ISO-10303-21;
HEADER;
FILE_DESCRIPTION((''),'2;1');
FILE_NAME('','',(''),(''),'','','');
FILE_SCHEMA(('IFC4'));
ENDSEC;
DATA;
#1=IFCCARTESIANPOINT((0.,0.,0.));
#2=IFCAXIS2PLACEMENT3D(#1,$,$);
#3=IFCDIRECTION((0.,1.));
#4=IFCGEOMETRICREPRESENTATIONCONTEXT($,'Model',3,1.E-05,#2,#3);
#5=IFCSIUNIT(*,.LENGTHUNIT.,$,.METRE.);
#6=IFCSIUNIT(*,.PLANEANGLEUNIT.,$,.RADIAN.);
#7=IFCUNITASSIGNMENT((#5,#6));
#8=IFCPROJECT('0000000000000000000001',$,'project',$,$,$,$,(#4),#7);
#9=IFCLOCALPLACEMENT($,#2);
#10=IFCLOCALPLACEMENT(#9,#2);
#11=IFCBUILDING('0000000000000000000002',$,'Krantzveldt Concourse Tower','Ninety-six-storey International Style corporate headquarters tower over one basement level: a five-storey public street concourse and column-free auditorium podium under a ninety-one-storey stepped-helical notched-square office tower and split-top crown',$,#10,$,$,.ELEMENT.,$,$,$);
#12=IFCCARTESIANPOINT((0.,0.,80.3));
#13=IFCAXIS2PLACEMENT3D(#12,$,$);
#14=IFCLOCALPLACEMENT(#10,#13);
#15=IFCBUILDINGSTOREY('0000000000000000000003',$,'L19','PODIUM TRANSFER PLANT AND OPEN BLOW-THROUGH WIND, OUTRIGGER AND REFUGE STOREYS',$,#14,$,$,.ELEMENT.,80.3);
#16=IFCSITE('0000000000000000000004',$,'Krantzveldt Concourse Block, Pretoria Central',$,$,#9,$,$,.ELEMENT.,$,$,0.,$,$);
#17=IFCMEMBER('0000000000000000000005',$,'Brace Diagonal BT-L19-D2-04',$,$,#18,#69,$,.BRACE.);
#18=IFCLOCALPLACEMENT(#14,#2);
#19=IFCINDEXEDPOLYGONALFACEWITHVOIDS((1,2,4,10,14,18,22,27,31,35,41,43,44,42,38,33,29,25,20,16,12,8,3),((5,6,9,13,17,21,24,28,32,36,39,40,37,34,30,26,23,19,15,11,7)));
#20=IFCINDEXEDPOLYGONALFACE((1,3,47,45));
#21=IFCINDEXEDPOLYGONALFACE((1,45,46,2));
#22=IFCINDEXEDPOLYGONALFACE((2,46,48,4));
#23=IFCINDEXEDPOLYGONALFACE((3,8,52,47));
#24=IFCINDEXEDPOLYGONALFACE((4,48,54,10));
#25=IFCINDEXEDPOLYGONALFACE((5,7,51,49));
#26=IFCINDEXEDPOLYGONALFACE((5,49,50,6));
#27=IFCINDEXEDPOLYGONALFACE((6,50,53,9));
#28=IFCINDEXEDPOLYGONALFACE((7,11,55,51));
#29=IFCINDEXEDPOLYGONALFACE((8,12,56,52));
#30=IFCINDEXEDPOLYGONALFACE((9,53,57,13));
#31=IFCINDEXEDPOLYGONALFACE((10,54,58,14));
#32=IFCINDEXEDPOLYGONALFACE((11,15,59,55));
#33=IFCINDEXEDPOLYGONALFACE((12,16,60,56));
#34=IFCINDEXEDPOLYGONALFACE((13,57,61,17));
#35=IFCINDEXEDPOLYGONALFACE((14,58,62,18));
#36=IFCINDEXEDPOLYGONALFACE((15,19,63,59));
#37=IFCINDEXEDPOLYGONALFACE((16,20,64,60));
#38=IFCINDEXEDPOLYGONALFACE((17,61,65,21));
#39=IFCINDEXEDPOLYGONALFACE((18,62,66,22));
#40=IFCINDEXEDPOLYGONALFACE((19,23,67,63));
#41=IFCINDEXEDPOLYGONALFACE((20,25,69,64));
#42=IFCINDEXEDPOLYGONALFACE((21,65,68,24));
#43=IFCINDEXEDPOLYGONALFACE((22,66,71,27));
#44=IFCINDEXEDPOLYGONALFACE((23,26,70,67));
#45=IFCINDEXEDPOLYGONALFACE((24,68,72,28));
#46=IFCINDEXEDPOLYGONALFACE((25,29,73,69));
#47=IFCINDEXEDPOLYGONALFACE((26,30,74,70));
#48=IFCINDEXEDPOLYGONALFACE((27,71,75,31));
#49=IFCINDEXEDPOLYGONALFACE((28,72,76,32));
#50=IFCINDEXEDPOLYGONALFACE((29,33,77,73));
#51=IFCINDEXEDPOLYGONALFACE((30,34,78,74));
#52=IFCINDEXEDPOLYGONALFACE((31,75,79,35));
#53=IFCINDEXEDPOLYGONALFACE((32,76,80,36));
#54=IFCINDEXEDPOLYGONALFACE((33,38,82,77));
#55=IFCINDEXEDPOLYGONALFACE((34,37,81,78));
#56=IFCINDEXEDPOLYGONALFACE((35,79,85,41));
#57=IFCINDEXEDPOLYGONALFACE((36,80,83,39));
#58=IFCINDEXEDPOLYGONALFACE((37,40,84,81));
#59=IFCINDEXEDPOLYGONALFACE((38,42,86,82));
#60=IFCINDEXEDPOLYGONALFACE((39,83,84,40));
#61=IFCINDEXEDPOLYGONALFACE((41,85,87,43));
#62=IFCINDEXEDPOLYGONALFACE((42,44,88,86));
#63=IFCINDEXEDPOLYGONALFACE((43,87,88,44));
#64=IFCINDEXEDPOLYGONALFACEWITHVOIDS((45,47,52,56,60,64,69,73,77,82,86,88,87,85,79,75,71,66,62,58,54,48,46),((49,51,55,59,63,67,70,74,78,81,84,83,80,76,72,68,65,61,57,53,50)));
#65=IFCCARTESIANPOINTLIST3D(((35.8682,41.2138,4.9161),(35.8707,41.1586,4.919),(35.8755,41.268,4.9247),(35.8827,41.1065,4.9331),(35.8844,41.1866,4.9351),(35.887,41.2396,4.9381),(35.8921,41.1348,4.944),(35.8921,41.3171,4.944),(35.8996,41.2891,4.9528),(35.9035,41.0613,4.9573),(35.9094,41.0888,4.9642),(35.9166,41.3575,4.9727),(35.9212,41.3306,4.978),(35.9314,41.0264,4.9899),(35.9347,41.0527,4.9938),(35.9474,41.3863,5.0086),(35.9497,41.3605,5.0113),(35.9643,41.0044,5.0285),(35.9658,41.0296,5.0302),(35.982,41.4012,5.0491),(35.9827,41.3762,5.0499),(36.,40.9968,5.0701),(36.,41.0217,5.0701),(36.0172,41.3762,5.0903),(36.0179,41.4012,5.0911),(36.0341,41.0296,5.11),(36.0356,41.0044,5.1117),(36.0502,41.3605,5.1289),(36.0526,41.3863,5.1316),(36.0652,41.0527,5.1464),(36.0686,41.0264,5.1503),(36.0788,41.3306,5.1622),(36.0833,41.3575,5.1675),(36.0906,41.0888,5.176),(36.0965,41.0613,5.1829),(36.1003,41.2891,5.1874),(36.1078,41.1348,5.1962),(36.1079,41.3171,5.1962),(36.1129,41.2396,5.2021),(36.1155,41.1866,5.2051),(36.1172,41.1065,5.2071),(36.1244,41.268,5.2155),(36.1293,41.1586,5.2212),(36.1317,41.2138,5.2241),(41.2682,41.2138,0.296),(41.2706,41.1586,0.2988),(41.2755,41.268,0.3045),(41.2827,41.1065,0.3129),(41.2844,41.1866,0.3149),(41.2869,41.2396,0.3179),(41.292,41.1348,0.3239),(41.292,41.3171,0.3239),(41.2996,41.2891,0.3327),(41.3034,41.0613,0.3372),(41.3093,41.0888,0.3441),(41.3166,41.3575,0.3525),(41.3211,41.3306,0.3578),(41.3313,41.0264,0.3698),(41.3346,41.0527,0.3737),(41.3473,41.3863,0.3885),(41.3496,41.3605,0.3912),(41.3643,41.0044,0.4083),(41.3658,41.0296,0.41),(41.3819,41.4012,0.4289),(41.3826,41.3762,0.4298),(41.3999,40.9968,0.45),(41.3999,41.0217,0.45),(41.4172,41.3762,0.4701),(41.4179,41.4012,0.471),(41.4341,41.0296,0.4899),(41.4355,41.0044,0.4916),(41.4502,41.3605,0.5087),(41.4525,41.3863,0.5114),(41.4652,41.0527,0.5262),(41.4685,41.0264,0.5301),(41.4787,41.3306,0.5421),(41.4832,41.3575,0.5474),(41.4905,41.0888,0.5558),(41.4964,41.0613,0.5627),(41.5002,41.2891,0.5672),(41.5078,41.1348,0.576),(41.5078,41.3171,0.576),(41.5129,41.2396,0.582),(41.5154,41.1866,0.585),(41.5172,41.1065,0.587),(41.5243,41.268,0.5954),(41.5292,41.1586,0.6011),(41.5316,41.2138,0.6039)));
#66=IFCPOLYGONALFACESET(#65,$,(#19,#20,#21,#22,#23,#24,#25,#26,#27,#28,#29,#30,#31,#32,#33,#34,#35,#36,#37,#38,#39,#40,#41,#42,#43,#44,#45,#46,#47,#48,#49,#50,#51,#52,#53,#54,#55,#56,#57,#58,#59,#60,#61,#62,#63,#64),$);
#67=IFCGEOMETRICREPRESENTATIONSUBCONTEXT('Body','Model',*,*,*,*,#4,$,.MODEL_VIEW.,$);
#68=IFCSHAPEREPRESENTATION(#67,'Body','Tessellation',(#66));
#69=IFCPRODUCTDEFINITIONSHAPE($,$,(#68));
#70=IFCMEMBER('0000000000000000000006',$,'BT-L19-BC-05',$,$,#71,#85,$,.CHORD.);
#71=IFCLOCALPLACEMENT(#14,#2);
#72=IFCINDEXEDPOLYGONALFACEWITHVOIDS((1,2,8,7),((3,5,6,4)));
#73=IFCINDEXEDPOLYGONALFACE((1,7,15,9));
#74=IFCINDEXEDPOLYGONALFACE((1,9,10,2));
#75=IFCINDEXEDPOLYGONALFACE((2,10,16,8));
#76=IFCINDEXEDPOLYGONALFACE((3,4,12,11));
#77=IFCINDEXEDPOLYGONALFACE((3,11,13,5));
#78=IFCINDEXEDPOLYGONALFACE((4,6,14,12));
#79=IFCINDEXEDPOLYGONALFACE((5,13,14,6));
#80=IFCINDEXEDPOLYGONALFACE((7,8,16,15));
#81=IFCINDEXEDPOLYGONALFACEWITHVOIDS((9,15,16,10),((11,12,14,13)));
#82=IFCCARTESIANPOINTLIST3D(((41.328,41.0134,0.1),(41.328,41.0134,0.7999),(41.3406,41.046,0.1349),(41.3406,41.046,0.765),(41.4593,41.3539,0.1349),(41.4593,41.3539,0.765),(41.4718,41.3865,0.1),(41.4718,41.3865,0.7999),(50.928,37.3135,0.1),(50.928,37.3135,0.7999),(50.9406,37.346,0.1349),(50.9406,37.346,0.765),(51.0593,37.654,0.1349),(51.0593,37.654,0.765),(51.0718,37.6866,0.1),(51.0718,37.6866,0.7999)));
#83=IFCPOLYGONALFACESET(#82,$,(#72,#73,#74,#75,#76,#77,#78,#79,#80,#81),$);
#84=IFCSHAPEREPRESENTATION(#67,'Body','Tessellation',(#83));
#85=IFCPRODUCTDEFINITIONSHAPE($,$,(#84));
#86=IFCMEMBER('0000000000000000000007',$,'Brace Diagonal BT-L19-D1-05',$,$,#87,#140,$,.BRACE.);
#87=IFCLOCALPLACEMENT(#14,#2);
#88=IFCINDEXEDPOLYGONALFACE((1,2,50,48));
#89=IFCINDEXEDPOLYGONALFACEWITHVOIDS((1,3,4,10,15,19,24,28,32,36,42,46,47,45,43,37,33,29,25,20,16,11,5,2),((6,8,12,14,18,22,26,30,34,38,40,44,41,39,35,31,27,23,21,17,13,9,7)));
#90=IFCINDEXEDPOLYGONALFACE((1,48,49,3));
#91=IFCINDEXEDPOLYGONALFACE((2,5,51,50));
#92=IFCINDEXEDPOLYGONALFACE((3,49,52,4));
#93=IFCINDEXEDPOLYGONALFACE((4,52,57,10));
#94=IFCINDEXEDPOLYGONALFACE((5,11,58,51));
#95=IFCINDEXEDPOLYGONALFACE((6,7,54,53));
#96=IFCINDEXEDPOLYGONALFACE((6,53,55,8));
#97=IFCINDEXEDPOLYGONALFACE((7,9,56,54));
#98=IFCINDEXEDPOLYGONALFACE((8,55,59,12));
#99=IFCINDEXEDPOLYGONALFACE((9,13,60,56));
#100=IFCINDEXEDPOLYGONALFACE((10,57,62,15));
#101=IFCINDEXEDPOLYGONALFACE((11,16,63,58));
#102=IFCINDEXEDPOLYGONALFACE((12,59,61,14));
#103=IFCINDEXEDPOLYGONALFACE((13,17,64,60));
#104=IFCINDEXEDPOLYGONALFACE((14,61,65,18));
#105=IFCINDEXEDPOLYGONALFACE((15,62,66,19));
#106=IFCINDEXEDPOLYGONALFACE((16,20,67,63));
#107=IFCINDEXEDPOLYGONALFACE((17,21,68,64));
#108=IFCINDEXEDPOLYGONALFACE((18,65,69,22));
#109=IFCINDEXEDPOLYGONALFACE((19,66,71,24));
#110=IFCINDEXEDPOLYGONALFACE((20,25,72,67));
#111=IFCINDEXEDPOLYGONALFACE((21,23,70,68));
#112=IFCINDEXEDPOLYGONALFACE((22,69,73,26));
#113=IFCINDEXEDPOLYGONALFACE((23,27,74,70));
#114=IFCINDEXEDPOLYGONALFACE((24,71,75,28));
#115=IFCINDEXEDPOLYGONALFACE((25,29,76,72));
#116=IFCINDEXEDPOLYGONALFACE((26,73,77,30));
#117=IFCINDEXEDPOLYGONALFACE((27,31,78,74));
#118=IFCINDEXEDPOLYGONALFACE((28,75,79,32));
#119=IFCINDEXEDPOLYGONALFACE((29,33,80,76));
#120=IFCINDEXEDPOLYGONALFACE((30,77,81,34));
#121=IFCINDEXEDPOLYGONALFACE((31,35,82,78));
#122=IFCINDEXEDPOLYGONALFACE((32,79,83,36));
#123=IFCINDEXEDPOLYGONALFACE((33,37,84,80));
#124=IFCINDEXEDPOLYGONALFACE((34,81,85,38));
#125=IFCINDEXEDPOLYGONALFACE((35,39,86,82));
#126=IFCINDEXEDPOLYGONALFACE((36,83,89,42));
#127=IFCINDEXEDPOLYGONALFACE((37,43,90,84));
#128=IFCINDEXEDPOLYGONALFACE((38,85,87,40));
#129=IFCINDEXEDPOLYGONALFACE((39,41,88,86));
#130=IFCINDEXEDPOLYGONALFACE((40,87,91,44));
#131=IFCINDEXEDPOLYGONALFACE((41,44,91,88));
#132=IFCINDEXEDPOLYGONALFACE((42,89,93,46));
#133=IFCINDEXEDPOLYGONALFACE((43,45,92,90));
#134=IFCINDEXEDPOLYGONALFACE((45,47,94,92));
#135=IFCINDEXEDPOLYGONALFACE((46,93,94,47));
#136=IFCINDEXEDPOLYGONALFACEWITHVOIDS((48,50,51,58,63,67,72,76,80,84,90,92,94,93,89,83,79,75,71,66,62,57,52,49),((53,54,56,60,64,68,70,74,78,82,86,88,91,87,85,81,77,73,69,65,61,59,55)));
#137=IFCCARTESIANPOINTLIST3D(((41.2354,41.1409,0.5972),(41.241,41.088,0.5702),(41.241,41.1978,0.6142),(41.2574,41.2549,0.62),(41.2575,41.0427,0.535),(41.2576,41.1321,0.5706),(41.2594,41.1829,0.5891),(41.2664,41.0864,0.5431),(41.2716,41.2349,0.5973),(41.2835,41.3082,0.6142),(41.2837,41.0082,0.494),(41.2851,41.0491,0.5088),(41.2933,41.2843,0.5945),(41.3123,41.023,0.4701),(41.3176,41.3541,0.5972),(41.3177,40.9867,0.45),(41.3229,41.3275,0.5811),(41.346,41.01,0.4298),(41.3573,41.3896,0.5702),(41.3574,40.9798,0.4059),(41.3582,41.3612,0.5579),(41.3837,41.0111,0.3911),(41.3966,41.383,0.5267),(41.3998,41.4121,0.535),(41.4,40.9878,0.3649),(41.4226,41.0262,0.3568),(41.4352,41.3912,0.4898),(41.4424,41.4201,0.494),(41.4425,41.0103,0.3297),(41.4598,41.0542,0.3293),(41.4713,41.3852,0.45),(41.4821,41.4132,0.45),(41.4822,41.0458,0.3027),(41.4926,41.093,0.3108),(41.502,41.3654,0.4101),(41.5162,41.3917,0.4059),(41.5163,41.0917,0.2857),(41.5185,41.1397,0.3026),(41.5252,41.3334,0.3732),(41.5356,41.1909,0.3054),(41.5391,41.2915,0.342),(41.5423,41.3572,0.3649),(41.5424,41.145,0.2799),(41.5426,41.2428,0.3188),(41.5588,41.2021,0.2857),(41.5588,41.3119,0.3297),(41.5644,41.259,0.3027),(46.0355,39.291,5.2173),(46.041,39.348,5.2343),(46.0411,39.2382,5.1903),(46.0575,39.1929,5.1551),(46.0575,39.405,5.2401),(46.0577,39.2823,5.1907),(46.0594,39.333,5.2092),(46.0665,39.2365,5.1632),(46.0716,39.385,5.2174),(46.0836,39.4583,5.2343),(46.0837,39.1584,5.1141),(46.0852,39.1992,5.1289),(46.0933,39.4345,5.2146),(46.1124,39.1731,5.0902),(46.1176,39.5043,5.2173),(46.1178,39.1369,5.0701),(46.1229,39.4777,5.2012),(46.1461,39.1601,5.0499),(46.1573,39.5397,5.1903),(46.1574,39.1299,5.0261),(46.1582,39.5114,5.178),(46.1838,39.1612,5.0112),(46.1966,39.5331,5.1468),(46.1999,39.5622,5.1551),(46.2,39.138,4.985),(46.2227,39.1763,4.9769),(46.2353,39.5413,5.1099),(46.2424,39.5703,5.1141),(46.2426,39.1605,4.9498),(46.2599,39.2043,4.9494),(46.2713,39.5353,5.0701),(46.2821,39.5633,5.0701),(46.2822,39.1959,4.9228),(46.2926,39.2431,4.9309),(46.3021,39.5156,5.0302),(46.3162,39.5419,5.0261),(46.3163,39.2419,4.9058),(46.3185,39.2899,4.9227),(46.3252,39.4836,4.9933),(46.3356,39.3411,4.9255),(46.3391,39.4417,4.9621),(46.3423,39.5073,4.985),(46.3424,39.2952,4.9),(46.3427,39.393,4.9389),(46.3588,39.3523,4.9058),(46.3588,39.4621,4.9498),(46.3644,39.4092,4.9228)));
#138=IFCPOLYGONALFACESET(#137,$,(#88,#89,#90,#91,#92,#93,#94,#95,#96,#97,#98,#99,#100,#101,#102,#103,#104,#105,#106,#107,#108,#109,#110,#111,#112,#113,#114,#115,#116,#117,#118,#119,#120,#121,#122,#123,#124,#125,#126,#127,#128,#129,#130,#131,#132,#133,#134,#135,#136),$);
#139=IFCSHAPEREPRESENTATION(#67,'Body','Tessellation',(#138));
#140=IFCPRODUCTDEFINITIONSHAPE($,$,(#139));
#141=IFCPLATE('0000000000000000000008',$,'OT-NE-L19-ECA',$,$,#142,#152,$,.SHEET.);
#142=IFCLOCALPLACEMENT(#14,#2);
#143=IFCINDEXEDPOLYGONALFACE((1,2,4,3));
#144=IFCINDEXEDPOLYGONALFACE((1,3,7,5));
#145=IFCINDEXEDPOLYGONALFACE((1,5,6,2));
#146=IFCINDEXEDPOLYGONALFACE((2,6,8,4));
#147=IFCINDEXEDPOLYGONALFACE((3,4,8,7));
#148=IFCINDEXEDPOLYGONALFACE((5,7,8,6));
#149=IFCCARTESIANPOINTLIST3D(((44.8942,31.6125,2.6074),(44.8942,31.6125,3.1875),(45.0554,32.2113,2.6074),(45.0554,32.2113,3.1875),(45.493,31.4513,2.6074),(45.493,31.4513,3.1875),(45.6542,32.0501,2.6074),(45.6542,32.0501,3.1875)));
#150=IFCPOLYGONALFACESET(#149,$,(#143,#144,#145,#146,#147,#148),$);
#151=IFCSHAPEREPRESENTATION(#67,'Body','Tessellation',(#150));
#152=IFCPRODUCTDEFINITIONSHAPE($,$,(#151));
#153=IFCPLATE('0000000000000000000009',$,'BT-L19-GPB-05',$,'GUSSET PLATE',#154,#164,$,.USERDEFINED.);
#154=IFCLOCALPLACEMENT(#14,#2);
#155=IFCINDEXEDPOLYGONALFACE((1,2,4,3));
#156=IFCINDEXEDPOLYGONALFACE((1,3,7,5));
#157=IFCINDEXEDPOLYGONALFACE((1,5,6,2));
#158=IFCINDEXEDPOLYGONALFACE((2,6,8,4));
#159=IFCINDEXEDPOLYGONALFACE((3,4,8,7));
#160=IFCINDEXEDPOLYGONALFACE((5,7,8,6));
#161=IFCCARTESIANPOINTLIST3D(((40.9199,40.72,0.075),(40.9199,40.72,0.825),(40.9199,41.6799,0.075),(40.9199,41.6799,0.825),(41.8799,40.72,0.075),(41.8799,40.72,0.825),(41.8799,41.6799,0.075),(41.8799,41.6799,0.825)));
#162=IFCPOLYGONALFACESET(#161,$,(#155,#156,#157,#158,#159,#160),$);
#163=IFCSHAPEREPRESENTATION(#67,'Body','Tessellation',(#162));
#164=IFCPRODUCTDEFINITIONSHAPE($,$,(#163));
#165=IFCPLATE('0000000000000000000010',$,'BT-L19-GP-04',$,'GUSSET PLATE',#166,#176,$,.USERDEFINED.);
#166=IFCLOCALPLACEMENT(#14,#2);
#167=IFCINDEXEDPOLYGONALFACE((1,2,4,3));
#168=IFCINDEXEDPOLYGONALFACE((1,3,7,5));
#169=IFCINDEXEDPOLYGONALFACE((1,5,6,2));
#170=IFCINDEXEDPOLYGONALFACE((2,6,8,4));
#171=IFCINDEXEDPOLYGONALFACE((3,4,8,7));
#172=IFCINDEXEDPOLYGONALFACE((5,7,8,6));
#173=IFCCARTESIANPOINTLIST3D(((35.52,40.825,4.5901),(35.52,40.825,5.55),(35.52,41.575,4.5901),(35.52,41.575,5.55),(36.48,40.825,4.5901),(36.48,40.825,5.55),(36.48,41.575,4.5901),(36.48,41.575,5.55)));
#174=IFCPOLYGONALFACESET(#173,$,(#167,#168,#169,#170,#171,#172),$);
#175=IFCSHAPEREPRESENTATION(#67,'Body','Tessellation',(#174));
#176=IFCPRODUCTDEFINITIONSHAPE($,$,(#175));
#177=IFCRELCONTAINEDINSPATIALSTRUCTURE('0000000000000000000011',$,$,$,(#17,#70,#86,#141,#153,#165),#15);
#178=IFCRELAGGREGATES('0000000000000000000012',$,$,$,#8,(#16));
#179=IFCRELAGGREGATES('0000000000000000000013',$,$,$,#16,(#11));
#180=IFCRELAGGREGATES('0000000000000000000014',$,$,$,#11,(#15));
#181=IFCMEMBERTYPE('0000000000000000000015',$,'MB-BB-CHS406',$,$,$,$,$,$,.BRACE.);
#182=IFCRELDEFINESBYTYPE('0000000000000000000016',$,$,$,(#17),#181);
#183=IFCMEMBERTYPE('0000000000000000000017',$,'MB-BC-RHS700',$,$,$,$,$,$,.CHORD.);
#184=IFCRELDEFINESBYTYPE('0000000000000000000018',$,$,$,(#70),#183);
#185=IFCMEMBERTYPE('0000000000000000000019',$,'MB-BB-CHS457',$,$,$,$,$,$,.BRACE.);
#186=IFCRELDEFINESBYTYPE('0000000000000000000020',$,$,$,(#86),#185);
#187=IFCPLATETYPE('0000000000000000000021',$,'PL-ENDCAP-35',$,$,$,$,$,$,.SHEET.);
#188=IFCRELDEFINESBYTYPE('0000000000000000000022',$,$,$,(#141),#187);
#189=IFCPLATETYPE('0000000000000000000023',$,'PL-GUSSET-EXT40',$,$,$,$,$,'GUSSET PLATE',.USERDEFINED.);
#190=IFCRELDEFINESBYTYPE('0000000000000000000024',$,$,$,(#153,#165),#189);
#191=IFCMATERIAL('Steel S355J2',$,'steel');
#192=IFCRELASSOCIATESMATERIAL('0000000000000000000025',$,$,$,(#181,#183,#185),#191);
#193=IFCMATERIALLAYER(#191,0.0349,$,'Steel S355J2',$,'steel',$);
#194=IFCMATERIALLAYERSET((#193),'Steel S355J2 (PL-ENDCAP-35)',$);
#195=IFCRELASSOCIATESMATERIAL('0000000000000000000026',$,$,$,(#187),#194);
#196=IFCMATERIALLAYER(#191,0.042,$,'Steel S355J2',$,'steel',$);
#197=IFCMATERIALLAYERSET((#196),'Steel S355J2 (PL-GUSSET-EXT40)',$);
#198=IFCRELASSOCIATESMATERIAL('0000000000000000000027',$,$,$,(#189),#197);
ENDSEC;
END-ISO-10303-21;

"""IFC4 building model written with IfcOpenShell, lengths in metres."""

from ifc_helpers import new_model, si_unit, direction, frame, origin, origin_2d, place, context, subcontext, project, spatial, rectangle, hollow_rectangle, hollow_circle, extrude, source, transform, mapped, material, layer, layer_set, material_profile, profile_set, type_object, type_shapes, element, save


model = new_model("IFC4")

# Units and contexts
model_context = context("Model", 3, precision=1e-05, world=origin(), true_north=direction((0.0, 1.0)))
body_context = subcontext(model_context, "Body", "Model", "MODEL_VIEW")
ifc_project = project(units=[si_unit("LENGTHUNIT", "METRE"), si_unit("PLANEANGLEUNIT", "RADIAN")], contexts=[model_context])

# Site, building, storey
site_placement = place(None, origin())
site = spatial("IfcSite", under=ifc_project, at=site_placement, Name="Krantzveldt Concourse Block, Pretoria Central", CompositionType="ELEMENT", RefElevation=0.0)
building_placement = place(site_placement, origin())
building = spatial("IfcBuilding", under=site, at=building_placement, Name="Krantzveldt Concourse Tower", Description="Ninety-six-storey International Style corporate headquarters tower over one basement level: a five-storey public street concourse and column-free auditorium podium under a ninety-one-storey stepped-helical notched-square office tower and split-top crown", CompositionType="ELEMENT")
storey_placement = place(building_placement, frame((0.0, 0.0, 80.3)))
storey = spatial("IfcBuildingStorey", under=building, at=storey_placement, Name="L19", Description="PODIUM TRANSFER PLANT AND OPEN BLOW-THROUGH WIND, OUTRIGGER AND REFUGE STOREYS", CompositionType="ELEMENT", Elevation=80.3)

# Members
ifc_material_1 = material(Name="Steel S355J2", Category="steel")
ifc_material_profile_1 = material_profile(ifc_material_1, hollow_circle(Radius=0.2031, WallThickness=0.0249, at=origin_2d()), Name="Steel S355J2", Category="steel")
ifc_profile_set_1 = profile_set([ifc_material_profile_1], Name="Steel S355J2 - CHS 406.4x25")
member_type_1 = type_object("IfcMemberType", Name="MB-BB-CHS406", PredefinedType="BRACE", material=ifc_profile_set_1)
shared_shape_1 = source(origin(), body_context, "Body", "SweptSolid", [
    extrude(hollow_circle(Radius=0.2031, WallThickness=0.0249, at=origin_2d()), origin(), (0.0, 0.0, 1.0), 7.1067),
])
type_shapes(member_type_1, [shared_shape_1])
member_1_placement = place(storey_placement, frame((41.3999, 41.2, 0.45), z_axis=(-0.759838, 0.0, 0.650112), x_axis=(0.0, -1.0, 0.0)))
element("IfcMember", 1, at=member_1_placement, inside=storey, type_object=member_type_1, Name="Brace Diagonal BT-L19-D2-04", PredefinedType="BRACE", context=body_context, shape_type="MappedRepresentation", body=[
    mapped(shared_shape_1, transform((0.0, 0.0, 0.0), x_axis=(1.0, 0.0, 0.0), y_axis=(0.0, 1.0, 0.0), z_axis=(0.0, 0.0, 1.0), scale=1.0)),
])
ifc_material_profile_2 = material_profile(ifc_material_1, hollow_rectangle(XDim=0.3999, YDim=0.7, WallThickness=0.0349, at=origin_2d()), Name="Steel S355J2", Category="steel")
ifc_profile_set_2 = profile_set([ifc_material_profile_2], Name="Steel S355J2 - RHS 700x400x35")
member_type_2 = type_object("IfcMemberType", Name="MB-BC-RHS700", PredefinedType="CHORD", material=ifc_profile_set_2)
shared_shape_2 = source(origin(), body_context, "Body", "SweptSolid", [
    extrude(hollow_rectangle(XDim=0.3999, YDim=0.7, WallThickness=0.0349, at=origin_2d()), origin(), (0.0, 0.0, 1.0), 10.2883),
])
type_shapes(member_type_2, [shared_shape_2])
member_2_placement = place(storey_placement, frame((41.3999, 41.2, 0.45), z_axis=(0.933098, -0.359623, 0.0), x_axis=(0.359623, 0.933098, 0.0)))
element("IfcMember", 2, at=member_2_placement, inside=storey, type_object=member_type_2, Name="BT-L19-BC-05", PredefinedType="CHORD", context=body_context, shape_type="MappedRepresentation", body=[
    mapped(shared_shape_2, transform((0.0, 0.0, 0.0), x_axis=(1.0, 0.0, 0.0), y_axis=(0.0, 1.0, 0.0), z_axis=(0.0, 0.0, 1.0), scale=1.0)),
])
ifc_material_profile_3 = material_profile(ifc_material_1, hollow_circle(Radius=0.2285, WallThickness=0.03, at=origin_2d()), Name="Steel S355J2", Category="steel")
ifc_profile_set_3 = profile_set([ifc_material_profile_3], Name="Steel S355J2 - CHS 457x30")
member_type_3 = type_object("IfcMemberType", Name="MB-BB-CHS457", PredefinedType="BRACE", material=ifc_profile_set_3)
shared_shape_3 = source(origin(), body_context, "Body", "SweptSolid", [
    extrude(hollow_circle(Radius=0.2285, WallThickness=0.03, at=origin_2d()), origin(), (0.0, 0.0, 1.0), 6.9143),
])
type_shapes(member_type_3, [shared_shape_3])
member_3_placement = place(storey_placement, frame((41.3999, 41.2, 0.45), z_axis=(0.694218, -0.267539, 0.668195), x_axis=(0.359602, 0.933106, 0.0)))
element("IfcMember", 3, at=member_3_placement, inside=storey, type_object=member_type_3, Name="Brace Diagonal BT-L19-D1-05", PredefinedType="BRACE", context=body_context, shape_type="MappedRepresentation", body=[
    mapped(shared_shape_3, transform((0.0, 0.0, 0.0), x_axis=(1.0, 0.0, 0.0), y_axis=(0.0, 1.0, 0.0), z_axis=(0.0, 0.0, 1.0), scale=1.0)),
])

# Plates
ifc_layer_1 = layer(ifc_material_1, 0.0349, Name="Steel S355J2", Category="steel")
ifc_layer_set_1 = layer_set([ifc_layer_1], Name="Steel S355J2 (PL-ENDCAP-35)")
plate_type_1 = type_object("IfcPlateType", Name="PL-ENDCAP-35", PredefinedType="SHEET", material=ifc_layer_set_1)
shared_shape_4 = source(origin(), body_context, "Body", "SweptSolid", [
    extrude(rectangle(XDim=0.6201, YDim=0.6201, at=origin_2d()), origin(), (0.0, 0.0, 1.0), 0.5801),
])
type_shapes(plate_type_1, [shared_shape_4])
plate_1_placement = place(storey_placement, frame((45.2742, 31.8313, 2.6074), z_axis=(0.0, 0.0, 1.0), x_axis=(0.259915, 0.965632, 0.0)))
element("IfcPlate", 4, at=plate_1_placement, inside=storey, type_object=plate_type_1, Name="OT-NE-L19-ECA", PredefinedType="SHEET", context=body_context, shape_type="MappedRepresentation", body=[
    mapped(shared_shape_4, transform((0.0, 0.0, 0.0), x_axis=(1.0, 0.0, 0.0), y_axis=(0.0, 1.0, 0.0), z_axis=(0.0, 0.0, 1.0), scale=1.0)),
])
ifc_layer_2 = layer(ifc_material_1, 0.042, Name="Steel S355J2", Category="steel")
ifc_layer_set_2 = layer_set([ifc_layer_2], Name="Steel S355J2 (PL-GUSSET-EXT40)")
plate_type_2 = type_object("IfcPlateType", Name="PL-GUSSET-EXT40", ElementType="GUSSET PLATE", PredefinedType="USERDEFINED", material=ifc_layer_set_2)
shared_shape_5 = source(origin(), body_context, "Body", "SweptSolid", [
    extrude(rectangle(XDim=0.96, YDim=0.96, at=origin_2d()), origin(), (0.0, 0.0, 1.0), 0.75),
])
plate_2_placement = place(storey_placement, frame((41.3999, 41.2, 0.075), z_axis=(0.0, 0.0, 1.0), x_axis=(1.0, 0.0, 0.0)))
element("IfcPlate", 5, at=plate_2_placement, inside=storey, type_object=plate_type_2, Name="BT-L19-GPB-05", ObjectType="GUSSET PLATE", PredefinedType="USERDEFINED", context=body_context, shape_type="MappedRepresentation", body=[
    mapped(shared_shape_5, transform((0.0, 0.0, 0.0), x_axis=(1.0, 0.0, 0.0), y_axis=(0.0, 1.0, 0.0), z_axis=(0.0, 0.0, 1.0), scale=1.0)),
])
shared_shape_6 = source(origin(), body_context, "Body", "SweptSolid", [
    extrude(rectangle(XDim=0.96, YDim=0.75, at=origin_2d()), origin(), (0.0, 0.0, 1.0), 0.96),
])
type_shapes(plate_type_2, [shared_shape_5, shared_shape_6])
plate_3_placement = place(storey_placement, frame((36.0, 41.2, 4.5901), z_axis=(0.0, 0.0, 1.0), x_axis=(1.0, 0.0, 0.0)))
element("IfcPlate", 6, at=plate_3_placement, inside=storey, type_object=plate_type_2, Name="BT-L19-GP-04", ObjectType="GUSSET PLATE", PredefinedType="USERDEFINED", context=body_context, shape_type="MappedRepresentation", body=[
    mapped(shared_shape_6, transform((0.0, 0.0, 0.0), x_axis=(1.0, 0.0, 0.0), y_axis=(0.0, 1.0, 0.0), z_axis=(0.0, 0.0, 1.0), scale=1.0)),
])

save(model, "model.ifc")
